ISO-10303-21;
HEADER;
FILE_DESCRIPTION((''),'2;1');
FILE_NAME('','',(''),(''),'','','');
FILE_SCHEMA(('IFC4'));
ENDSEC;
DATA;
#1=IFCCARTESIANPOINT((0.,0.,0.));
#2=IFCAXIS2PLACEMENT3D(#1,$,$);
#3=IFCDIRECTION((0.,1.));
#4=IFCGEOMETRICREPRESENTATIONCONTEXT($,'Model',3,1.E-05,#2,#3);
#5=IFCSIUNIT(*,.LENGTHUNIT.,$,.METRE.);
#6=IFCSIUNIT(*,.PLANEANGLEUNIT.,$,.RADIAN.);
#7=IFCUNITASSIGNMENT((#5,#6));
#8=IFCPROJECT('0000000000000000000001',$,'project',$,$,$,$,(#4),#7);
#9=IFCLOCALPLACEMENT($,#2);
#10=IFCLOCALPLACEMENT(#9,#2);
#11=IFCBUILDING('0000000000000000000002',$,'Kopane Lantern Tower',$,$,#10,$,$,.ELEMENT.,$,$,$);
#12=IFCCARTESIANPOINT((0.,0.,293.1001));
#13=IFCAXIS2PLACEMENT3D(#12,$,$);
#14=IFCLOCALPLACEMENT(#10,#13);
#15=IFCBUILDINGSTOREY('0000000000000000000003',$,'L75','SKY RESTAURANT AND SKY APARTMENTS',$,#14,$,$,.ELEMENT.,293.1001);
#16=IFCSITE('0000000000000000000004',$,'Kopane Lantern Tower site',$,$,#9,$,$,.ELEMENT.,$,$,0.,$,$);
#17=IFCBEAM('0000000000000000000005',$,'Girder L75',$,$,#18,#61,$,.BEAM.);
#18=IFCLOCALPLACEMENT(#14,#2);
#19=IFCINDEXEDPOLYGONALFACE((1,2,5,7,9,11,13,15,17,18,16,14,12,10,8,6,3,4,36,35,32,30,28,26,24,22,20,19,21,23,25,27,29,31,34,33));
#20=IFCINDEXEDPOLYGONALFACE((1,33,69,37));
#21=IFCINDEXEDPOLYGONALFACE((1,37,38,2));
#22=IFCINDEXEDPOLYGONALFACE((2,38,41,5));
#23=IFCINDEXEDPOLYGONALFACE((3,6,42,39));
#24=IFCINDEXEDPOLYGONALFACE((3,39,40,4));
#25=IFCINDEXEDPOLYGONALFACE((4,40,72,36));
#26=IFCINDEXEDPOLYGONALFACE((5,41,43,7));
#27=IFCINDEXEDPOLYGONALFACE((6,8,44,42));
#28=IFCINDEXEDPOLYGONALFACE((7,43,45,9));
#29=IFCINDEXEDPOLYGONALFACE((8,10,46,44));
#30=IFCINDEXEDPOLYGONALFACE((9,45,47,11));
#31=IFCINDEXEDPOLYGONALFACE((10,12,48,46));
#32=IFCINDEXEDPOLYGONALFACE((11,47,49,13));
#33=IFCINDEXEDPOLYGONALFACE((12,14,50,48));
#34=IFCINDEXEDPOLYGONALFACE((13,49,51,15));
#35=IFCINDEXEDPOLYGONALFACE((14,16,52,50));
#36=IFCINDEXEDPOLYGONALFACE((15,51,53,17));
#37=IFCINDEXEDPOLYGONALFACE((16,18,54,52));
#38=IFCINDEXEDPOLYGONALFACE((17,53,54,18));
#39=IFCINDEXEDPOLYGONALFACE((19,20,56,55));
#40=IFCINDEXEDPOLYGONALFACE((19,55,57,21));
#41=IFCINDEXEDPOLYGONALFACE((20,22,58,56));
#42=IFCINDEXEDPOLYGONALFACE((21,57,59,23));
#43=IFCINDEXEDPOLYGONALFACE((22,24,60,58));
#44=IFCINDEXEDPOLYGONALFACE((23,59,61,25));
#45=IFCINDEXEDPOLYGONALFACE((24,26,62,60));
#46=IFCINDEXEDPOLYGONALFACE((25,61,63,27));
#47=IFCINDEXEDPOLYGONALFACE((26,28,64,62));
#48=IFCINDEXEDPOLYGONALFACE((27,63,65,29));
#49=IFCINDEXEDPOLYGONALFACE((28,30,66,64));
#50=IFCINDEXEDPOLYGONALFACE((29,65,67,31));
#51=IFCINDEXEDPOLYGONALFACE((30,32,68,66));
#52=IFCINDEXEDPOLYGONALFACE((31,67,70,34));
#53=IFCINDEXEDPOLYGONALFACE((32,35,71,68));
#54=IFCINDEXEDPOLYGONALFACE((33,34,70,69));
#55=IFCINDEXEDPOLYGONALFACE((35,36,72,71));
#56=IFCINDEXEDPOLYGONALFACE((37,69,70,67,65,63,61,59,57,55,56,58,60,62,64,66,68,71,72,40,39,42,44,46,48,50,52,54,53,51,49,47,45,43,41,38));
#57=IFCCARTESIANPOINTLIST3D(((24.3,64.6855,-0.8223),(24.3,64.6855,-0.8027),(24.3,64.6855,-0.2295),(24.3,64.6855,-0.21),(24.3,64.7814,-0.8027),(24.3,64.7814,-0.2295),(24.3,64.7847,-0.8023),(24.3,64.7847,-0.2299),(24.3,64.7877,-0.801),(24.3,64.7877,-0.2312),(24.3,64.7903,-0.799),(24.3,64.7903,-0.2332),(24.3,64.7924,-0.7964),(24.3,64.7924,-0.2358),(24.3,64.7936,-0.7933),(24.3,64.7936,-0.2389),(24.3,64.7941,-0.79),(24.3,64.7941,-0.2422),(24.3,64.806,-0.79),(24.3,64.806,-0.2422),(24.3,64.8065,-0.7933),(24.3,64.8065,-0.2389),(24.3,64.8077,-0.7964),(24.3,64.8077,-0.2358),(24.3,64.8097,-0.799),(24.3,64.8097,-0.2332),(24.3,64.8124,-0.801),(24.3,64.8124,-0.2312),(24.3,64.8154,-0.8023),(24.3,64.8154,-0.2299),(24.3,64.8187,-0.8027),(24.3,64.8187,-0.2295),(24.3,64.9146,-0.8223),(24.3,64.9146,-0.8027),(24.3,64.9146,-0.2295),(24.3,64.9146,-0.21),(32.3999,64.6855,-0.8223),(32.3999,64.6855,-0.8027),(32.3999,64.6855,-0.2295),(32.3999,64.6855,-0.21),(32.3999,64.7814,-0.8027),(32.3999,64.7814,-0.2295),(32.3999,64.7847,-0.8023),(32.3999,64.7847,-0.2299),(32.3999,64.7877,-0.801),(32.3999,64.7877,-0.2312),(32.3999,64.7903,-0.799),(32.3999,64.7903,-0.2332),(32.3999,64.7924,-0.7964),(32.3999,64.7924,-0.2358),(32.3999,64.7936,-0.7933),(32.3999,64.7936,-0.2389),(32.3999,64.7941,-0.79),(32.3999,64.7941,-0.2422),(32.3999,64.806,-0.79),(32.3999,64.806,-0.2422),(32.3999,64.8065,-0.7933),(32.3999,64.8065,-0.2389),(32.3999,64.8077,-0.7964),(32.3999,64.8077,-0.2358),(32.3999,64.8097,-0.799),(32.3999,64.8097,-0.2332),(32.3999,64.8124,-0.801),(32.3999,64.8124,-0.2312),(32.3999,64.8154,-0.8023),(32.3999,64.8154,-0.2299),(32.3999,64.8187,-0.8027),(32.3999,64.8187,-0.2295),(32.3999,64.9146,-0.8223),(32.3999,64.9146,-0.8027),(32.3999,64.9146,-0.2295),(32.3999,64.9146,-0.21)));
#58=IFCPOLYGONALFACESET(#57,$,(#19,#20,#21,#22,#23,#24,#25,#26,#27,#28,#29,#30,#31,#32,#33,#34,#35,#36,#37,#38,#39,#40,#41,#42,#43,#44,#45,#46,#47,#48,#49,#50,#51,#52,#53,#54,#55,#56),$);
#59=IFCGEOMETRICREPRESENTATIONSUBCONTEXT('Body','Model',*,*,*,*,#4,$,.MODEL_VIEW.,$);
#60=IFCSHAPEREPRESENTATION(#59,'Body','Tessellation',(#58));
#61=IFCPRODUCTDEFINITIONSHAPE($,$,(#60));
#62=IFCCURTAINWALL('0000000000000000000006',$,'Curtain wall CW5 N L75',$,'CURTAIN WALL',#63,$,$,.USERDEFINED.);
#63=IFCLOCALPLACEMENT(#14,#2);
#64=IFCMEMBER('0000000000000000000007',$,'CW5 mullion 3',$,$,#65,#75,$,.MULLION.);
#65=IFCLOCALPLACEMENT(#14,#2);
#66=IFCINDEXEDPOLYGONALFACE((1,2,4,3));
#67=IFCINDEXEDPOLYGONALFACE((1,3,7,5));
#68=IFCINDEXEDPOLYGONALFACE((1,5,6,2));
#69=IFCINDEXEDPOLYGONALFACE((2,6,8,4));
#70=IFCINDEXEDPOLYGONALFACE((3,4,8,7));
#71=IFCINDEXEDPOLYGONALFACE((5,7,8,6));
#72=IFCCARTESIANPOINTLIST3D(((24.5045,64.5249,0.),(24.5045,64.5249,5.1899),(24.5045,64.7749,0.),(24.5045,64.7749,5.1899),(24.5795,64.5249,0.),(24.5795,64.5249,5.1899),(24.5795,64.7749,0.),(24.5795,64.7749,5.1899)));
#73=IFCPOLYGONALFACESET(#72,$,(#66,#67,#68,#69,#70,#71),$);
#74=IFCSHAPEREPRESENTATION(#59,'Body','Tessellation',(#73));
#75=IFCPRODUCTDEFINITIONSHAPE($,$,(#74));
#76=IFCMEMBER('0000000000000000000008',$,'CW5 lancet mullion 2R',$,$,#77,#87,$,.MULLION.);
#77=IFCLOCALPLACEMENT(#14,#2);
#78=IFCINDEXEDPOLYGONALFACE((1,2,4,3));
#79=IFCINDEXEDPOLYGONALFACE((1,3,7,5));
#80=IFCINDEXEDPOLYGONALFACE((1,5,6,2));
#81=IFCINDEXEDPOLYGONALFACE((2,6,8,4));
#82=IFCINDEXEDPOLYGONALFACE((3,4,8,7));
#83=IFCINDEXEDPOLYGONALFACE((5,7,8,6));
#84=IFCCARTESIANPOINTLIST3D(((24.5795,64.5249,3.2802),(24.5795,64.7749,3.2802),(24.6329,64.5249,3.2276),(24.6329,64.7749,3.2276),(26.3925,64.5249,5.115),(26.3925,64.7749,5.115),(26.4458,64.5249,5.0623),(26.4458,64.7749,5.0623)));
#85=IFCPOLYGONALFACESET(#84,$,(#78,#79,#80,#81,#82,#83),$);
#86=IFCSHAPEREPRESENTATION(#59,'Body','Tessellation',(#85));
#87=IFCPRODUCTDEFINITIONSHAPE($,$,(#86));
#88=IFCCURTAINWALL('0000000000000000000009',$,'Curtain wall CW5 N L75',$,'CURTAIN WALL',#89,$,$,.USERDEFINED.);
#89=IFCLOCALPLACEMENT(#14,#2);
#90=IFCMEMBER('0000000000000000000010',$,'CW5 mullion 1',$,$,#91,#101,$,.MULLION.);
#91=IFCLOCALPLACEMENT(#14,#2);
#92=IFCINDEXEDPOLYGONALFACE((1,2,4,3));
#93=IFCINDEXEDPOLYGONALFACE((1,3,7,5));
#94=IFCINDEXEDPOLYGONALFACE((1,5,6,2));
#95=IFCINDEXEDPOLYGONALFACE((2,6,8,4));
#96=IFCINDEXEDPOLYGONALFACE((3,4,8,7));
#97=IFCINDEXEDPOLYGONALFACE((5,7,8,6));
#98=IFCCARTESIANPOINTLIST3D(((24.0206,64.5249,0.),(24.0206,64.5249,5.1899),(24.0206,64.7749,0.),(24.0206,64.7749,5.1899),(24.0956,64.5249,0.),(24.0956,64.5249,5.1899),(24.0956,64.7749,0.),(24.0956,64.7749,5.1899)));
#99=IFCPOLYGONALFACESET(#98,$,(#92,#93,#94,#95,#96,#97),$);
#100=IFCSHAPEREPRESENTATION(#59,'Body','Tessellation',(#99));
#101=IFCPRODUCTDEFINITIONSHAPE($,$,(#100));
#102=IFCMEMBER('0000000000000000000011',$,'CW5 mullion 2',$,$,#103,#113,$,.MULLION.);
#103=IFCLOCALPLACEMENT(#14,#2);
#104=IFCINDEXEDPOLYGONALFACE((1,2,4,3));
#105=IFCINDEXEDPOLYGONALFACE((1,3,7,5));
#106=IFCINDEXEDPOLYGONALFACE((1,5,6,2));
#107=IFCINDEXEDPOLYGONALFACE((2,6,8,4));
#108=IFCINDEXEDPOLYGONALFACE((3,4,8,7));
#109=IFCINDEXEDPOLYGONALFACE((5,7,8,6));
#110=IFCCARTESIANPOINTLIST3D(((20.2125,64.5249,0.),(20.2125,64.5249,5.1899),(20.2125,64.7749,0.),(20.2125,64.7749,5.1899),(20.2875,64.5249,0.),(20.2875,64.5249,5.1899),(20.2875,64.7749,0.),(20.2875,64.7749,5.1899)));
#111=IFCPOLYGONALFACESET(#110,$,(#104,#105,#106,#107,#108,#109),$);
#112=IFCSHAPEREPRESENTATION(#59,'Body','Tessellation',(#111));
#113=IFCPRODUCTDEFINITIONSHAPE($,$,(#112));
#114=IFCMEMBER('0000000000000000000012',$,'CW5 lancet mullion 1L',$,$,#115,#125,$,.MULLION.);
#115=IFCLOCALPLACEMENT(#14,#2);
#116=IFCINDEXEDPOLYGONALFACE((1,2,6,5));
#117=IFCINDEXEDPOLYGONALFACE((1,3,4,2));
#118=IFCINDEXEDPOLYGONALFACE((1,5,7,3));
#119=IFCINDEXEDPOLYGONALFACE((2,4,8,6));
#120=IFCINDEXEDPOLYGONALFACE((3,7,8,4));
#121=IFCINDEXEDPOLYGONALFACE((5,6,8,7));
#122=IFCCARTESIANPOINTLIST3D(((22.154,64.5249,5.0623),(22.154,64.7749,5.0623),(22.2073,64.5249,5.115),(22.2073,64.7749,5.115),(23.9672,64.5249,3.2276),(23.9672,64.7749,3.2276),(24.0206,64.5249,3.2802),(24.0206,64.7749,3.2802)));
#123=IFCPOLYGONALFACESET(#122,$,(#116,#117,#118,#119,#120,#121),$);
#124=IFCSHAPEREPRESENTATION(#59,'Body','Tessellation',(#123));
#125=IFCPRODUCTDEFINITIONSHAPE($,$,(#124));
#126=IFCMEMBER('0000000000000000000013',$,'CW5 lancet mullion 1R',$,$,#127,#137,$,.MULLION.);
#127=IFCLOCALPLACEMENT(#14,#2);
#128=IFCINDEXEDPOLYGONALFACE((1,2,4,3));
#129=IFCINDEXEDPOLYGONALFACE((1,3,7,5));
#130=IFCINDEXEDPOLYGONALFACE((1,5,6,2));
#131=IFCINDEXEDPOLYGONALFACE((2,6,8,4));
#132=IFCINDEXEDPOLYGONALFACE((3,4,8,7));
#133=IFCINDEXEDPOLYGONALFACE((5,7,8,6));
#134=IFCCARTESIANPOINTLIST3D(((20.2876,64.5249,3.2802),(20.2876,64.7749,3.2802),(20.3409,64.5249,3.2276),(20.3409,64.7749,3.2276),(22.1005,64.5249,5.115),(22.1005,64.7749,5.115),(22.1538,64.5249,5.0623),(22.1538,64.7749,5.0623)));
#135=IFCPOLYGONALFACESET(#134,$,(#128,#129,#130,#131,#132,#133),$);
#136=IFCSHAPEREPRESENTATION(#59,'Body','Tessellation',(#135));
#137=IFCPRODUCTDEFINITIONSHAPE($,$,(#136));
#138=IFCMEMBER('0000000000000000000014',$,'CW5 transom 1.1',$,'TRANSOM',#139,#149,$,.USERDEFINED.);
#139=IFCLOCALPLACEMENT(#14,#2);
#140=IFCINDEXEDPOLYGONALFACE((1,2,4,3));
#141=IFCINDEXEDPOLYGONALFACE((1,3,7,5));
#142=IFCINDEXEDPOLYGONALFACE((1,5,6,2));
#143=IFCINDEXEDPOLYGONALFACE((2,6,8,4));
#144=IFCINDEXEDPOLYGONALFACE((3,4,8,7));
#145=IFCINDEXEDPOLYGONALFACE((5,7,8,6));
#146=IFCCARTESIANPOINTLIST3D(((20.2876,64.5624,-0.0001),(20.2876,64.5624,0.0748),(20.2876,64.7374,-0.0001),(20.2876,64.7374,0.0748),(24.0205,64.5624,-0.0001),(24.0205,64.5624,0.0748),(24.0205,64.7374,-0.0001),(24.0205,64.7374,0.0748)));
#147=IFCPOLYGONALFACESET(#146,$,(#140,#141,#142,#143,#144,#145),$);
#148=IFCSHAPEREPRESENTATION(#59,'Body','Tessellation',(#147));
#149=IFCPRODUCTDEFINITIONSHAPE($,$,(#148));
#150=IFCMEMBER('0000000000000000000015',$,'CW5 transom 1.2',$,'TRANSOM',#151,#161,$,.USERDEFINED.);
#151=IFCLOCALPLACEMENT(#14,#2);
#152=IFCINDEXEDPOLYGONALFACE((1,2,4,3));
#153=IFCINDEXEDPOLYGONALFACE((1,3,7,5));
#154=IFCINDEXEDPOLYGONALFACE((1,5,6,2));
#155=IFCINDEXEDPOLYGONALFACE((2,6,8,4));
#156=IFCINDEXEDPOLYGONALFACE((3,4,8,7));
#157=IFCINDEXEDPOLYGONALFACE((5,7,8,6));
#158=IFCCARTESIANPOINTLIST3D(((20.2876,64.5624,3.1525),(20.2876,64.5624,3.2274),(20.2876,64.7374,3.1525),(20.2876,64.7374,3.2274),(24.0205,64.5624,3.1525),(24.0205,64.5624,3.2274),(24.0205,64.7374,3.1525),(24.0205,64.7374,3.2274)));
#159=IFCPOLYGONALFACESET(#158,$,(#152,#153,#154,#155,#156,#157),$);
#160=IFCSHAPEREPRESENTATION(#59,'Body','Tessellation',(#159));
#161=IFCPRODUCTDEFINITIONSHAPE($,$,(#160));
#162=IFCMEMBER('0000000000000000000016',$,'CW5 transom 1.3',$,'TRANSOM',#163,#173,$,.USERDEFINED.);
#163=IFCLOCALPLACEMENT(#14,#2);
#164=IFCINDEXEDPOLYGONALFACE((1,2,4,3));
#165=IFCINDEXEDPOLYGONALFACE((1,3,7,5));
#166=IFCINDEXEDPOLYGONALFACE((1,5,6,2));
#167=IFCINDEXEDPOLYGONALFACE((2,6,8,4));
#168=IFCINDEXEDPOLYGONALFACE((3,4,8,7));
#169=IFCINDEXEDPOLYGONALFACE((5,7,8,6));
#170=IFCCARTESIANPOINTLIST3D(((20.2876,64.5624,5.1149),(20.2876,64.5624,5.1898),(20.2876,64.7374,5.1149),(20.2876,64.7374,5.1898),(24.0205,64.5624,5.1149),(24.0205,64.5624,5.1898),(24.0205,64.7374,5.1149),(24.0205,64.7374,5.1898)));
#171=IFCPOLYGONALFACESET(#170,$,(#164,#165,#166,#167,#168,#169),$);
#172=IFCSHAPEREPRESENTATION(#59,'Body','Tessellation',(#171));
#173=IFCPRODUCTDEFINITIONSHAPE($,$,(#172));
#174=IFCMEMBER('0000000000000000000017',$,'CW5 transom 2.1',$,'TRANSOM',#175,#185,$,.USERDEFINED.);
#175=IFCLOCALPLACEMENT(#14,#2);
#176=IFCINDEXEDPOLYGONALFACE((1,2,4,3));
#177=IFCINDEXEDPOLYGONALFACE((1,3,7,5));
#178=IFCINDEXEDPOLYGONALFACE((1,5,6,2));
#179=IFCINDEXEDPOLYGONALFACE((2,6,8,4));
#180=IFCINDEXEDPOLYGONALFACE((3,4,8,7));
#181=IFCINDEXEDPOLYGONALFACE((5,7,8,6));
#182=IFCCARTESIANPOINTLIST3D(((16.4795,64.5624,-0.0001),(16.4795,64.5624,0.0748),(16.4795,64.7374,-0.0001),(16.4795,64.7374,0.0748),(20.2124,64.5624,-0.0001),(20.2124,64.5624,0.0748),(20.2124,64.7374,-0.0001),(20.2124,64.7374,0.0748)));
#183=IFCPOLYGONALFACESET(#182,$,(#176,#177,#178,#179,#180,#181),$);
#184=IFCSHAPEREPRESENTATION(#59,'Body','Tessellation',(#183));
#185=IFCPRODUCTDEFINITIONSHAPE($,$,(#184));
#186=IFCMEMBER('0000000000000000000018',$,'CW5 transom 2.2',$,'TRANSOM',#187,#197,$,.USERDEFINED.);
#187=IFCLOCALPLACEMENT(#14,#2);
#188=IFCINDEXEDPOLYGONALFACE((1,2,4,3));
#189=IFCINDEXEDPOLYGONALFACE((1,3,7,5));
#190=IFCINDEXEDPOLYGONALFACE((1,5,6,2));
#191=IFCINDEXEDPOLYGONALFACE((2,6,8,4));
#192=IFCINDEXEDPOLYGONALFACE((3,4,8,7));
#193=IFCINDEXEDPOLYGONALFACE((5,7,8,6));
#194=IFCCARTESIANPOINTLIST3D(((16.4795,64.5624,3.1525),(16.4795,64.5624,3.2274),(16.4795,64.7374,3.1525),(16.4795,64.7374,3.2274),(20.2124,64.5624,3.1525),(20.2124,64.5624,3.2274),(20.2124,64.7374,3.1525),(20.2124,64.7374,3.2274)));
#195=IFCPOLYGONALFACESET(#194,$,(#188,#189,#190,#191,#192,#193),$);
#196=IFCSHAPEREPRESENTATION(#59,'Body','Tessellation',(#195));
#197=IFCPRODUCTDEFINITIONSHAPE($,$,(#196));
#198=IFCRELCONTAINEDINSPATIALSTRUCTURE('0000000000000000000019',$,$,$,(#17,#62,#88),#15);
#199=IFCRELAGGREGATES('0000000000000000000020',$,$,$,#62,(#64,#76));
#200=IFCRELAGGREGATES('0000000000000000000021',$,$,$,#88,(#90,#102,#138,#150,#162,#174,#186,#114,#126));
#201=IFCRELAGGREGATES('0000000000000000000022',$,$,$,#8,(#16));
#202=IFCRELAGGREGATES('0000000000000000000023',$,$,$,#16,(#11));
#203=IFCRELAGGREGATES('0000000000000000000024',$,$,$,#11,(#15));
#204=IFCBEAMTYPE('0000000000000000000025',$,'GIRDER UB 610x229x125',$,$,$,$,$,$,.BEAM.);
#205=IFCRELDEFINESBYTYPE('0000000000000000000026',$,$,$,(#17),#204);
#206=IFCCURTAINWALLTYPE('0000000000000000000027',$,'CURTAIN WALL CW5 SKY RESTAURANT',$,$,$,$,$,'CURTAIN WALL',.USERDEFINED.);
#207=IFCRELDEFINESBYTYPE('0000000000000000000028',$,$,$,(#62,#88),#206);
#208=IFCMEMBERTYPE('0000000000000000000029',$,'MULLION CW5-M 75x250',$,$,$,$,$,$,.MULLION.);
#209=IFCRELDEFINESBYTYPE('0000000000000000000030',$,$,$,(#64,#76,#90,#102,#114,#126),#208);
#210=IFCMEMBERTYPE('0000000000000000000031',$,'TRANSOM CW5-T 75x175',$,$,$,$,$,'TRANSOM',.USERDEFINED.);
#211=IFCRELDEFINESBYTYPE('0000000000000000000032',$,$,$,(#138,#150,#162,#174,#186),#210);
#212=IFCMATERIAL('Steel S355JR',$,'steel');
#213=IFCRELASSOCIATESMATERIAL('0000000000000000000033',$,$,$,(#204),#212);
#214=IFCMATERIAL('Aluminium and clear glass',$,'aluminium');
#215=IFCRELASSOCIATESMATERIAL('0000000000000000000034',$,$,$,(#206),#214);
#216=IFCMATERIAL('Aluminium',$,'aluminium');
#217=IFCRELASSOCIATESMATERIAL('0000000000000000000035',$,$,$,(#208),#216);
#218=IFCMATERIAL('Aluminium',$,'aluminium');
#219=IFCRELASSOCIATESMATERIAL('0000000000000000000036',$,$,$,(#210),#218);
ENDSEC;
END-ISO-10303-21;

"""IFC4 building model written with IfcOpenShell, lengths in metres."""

from ifc_helpers import new_model, si_unit, direction, frame, origin, origin_2d, place, context, subcontext, project, spatial, rectangle, i_section, extrude, material, material_profile, profile_set, type_object, element, aggregate, save


model = new_model("IFC4")

# Units and contexts
model_context = context("Model", 3, precision=1e-05, world=origin(), true_north=direction((0.0, 1.0)))
body_context = subcontext(model_context, "Body", "Model", "MODEL_VIEW")
ifc_project = project(units=[si_unit("LENGTHUNIT", "METRE"), si_unit("PLANEANGLEUNIT", "RADIAN")], contexts=[model_context])

# Site, building, storey
site_placement = place(None, origin())
site = spatial("IfcSite", under=ifc_project, at=site_placement, Name="Kopane Lantern Tower site", CompositionType="ELEMENT", RefElevation=0.0)
building_placement = place(site_placement, origin())
building = spatial("IfcBuilding", under=site, at=building_placement, Name="Kopane Lantern Tower", CompositionType="ELEMENT")
storey_placement = place(building_placement, frame((0.0, 0.0, 293.1001)))
storey = spatial("IfcBuildingStorey", under=building, at=storey_placement, Name="L75", Description="SKY RESTAURANT AND SKY APARTMENTS", CompositionType="ELEMENT", Elevation=293.1001)

# Beam
ifc_material_1 = material(Name="Steel S355JR", Category="steel")
ifc_material_profile_1 = material_profile(ifc_material_1, i_section(OverallWidth=0.229, OverallDepth=0.6123, WebThickness=0.012, FlangeThickness=0.0195, FilletRadius=0.0127, at=origin_2d()), Name="UB 610x229x125")
ifc_profile_set_1 = profile_set([ifc_material_profile_1], Name="Steel S355JR")
beam_type = type_object("IfcBeamType", Name="GIRDER UB 610x229x125", PredefinedType="BEAM", material=ifc_profile_set_1)
for number, where, z_axis, x_axis, name in (
    (1, (24.3, 64.8, -0.5161), (1.0, 0.0, 0.0), (0.0, 1.0, 0.0), "Girder L75"),
):
    element("IfcBeam", number, at=place(storey_placement, frame(where, z_axis=z_axis, x_axis=x_axis)), inside=storey, type_object=beam_type, Name=name, PredefinedType="BEAM", context=body_context, shape_type="SweptSolid", body=[
        extrude(i_section(OverallWidth=0.229, OverallDepth=0.6123, WebThickness=0.012, FlangeThickness=0.0195, FilletRadius=0.0127, at=origin_2d()), origin(), (0.0, 0.0, 1.0), 8.0999),
    ])

# Curtain walls, members
ifc_material_2 = material(Name="Aluminium and clear glass", Category="aluminium")
curtain_wall_type = type_object("IfcCurtainWallType", Name="CURTAIN WALL CW5 SKY RESTAURANT", ElementType="CURTAIN WALL", PredefinedType="USERDEFINED", material=ifc_material_2)
curtain_wall_1_placement = place(storey_placement, origin())
curtain_wall_1 = element("IfcCurtainWall", 2, at=curtain_wall_1_placement, inside=storey, type_object=curtain_wall_type, Name="Curtain wall CW5 N L75", ObjectType="CURTAIN WALL", PredefinedType="USERDEFINED")
ifc_material_3 = material(Name="Aluminium", Category="aluminium")
ifc_material_profile_2 = material_profile(ifc_material_3, rectangle(XDim=0.075, YDim=0.25, at=origin_2d()), Name="AL 75x250")
ifc_profile_set_2 = profile_set([ifc_material_profile_2], Name="Aluminium")
member_type_1 = type_object("IfcMemberType", Name="MULLION CW5-M 75x250", PredefinedType="MULLION", material=ifc_profile_set_2)
member_1_placement = place(storey_placement, frame((24.542, 64.6499, 0.0), z_axis=(0.0, 0.0, 1.0), x_axis=(-1.0, 0.0, 0.0)))
member_1 = element("IfcMember", 3, at=member_1_placement, type_object=member_type_1, Name="CW5 mullion 3", PredefinedType="MULLION", context=body_context, shape_type="SweptSolid", body=[
    extrude(rectangle(XDim=0.075, YDim=0.25, at=origin_2d()), origin(), (0.0, 0.0, 1.0), 5.1899),
])
member_2_placement = place(storey_placement, frame((24.6062, 64.6499, 3.2539), z_axis=(0.702882, 0.0, 0.711306), x_axis=(-0.711306, 0.0, 0.702882)))
member_2 = element("IfcMember", 4, at=member_2_placement, type_object=member_type_1, Name="CW5 lancet mullion 2R", PredefinedType="MULLION", context=body_context, shape_type="SweptSolid", body=[
    extrude(rectangle(XDim=0.075, YDim=0.25, at=origin_2d()), origin(), (0.0, 0.0, 1.0), 2.5793),
])
curtain_wall_2_placement = place(storey_placement, origin())
curtain_wall_2 = element("IfcCurtainWall", 5, at=curtain_wall_2_placement, inside=storey, type_object=curtain_wall_type, Name="Curtain wall CW5 N L75", ObjectType="CURTAIN WALL", PredefinedType="USERDEFINED")
member_3_placement = place(storey_placement, frame((24.0581, 64.6499, 0.0), z_axis=(0.0, 0.0, 1.0), x_axis=(-1.0, 0.0, 0.0)))
member_3 = element("IfcMember", 6, at=member_3_placement, type_object=member_type_1, Name="CW5 mullion 1", PredefinedType="MULLION", context=body_context, shape_type="SweptSolid", body=[
    extrude(rectangle(XDim=0.075, YDim=0.25, at=origin_2d()), origin(), (0.0, 0.0, 1.0), 5.1899),
])
member_4_placement = place(storey_placement, frame((20.25, 64.6499, 0.0), z_axis=(0.0, 0.0, 1.0), x_axis=(-1.0, 0.0, 0.0)))
member_4 = element("IfcMember", 7, at=member_4_placement, type_object=member_type_1, Name="CW5 mullion 2", PredefinedType="MULLION", context=body_context, shape_type="SweptSolid", body=[
    extrude(rectangle(XDim=0.075, YDim=0.25, at=origin_2d()), origin(), (0.0, 0.0, 1.0), 5.1899),
])
member_5_placement = place(storey_placement, frame((23.9939, 64.6499, 3.2539), z_axis=(-0.70293, 0.0, 0.711259), x_axis=(0.711259, 0.0, 0.70293)))
member_5 = element("IfcMember", 8, at=member_5_placement, type_object=member_type_1, Name="CW5 lancet mullion 1L", PredefinedType="MULLION", context=body_context, shape_type="SweptSolid", body=[
    extrude(rectangle(XDim=0.075, YDim=0.25, at=origin_2d()), origin(), (0.0, 0.0, 1.0), 2.5796),
])
member_6_placement = place(storey_placement, frame((20.3142, 64.6499, 3.2539), z_axis=(0.702882, 0.0, 0.711306), x_axis=(-0.711306, 0.0, 0.702882)))
member_6 = element("IfcMember", 9, at=member_6_placement, type_object=member_type_1, Name="CW5 lancet mullion 1R", PredefinedType="MULLION", context=body_context, shape_type="SweptSolid", body=[
    extrude(rectangle(XDim=0.075, YDim=0.25, at=origin_2d()), origin(), (0.0, 0.0, 1.0), 2.5793),
])
ifc_material_4 = material(Name="Aluminium", Category="aluminium")
ifc_material_profile_3 = material_profile(ifc_material_4, rectangle(XDim=0.175, YDim=0.075, at=origin_2d()), Name="AL 175x75")
ifc_profile_set_3 = profile_set([ifc_material_profile_3], Name="Aluminium")
member_type_2 = type_object("IfcMemberType", Name="TRANSOM CW5-T 75x175", ElementType="TRANSOM", PredefinedType="USERDEFINED", material=ifc_profile_set_3)
member_7_placement = place(storey_placement, frame((24.0205, 64.6499, 0.0374), z_axis=(-1.0, 0.0, 0.0), x_axis=(0.0, -1.0, 0.0)))
member_7 = element("IfcMember", 10, at=member_7_placement, type_object=member_type_2, Name="CW5 transom 1.1", ObjectType="TRANSOM", PredefinedType="USERDEFINED", context=body_context, shape_type="SweptSolid", body=[
    extrude(rectangle(XDim=0.175, YDim=0.075, at=origin_2d()), origin(), (0.0, 0.0, 1.0), 3.7329),
])
member_8_placement = place(storey_placement, frame((24.0205, 64.6499, 3.1899), z_axis=(-1.0, 0.0, 0.0), x_axis=(0.0, -1.0, 0.0)))
member_8 = element("IfcMember", 11, at=member_8_placement, type_object=member_type_2, Name="CW5 transom 1.2", ObjectType="TRANSOM", PredefinedType="USERDEFINED", context=body_context, shape_type="SweptSolid", body=[
    extrude(rectangle(XDim=0.175, YDim=0.075, at=origin_2d()), origin(), (0.0, 0.0, 1.0), 3.7329),
])
member_9_placement = place(storey_placement, frame((24.0205, 64.6499, 5.1523), z_axis=(-1.0, 0.0, 0.0), x_axis=(0.0, -1.0, 0.0)))
member_9 = element("IfcMember", 12, at=member_9_placement, type_object=member_type_2, Name="CW5 transom 1.3", ObjectType="TRANSOM", PredefinedType="USERDEFINED", context=body_context, shape_type="SweptSolid", body=[
    extrude(rectangle(XDim=0.175, YDim=0.075, at=origin_2d()), origin(), (0.0, 0.0, 1.0), 3.7329),
])
member_10_placement = place(storey_placement, frame((20.2124, 64.6499, 0.0374), z_axis=(-1.0, 0.0, 0.0), x_axis=(0.0, -1.0, 0.0)))
member_10 = element("IfcMember", 13, at=member_10_placement, type_object=member_type_2, Name="CW5 transom 2.1", ObjectType="TRANSOM", PredefinedType="USERDEFINED", context=body_context, shape_type="SweptSolid", body=[
    extrude(rectangle(XDim=0.175, YDim=0.075, at=origin_2d()), origin(), (0.0, 0.0, 1.0), 3.7329),
])
member_11_placement = place(storey_placement, frame((20.2124, 64.6499, 3.1899), z_axis=(-1.0, 0.0, 0.0), x_axis=(0.0, -1.0, 0.0)))
member_11 = element("IfcMember", 14, at=member_11_placement, type_object=member_type_2, Name="CW5 transom 2.2", ObjectType="TRANSOM", PredefinedType="USERDEFINED", context=body_context, shape_type="SweptSolid", body=[
    extrude(rectangle(XDim=0.175, YDim=0.075, at=origin_2d()), origin(), (0.0, 0.0, 1.0), 3.7329),
])

aggregate(curtain_wall_1, [member_1, member_2])
aggregate(curtain_wall_2, [member_3, member_4, member_7, member_8, member_9, member_10, member_11, member_5, member_6])

save(model, "model.ifc")
